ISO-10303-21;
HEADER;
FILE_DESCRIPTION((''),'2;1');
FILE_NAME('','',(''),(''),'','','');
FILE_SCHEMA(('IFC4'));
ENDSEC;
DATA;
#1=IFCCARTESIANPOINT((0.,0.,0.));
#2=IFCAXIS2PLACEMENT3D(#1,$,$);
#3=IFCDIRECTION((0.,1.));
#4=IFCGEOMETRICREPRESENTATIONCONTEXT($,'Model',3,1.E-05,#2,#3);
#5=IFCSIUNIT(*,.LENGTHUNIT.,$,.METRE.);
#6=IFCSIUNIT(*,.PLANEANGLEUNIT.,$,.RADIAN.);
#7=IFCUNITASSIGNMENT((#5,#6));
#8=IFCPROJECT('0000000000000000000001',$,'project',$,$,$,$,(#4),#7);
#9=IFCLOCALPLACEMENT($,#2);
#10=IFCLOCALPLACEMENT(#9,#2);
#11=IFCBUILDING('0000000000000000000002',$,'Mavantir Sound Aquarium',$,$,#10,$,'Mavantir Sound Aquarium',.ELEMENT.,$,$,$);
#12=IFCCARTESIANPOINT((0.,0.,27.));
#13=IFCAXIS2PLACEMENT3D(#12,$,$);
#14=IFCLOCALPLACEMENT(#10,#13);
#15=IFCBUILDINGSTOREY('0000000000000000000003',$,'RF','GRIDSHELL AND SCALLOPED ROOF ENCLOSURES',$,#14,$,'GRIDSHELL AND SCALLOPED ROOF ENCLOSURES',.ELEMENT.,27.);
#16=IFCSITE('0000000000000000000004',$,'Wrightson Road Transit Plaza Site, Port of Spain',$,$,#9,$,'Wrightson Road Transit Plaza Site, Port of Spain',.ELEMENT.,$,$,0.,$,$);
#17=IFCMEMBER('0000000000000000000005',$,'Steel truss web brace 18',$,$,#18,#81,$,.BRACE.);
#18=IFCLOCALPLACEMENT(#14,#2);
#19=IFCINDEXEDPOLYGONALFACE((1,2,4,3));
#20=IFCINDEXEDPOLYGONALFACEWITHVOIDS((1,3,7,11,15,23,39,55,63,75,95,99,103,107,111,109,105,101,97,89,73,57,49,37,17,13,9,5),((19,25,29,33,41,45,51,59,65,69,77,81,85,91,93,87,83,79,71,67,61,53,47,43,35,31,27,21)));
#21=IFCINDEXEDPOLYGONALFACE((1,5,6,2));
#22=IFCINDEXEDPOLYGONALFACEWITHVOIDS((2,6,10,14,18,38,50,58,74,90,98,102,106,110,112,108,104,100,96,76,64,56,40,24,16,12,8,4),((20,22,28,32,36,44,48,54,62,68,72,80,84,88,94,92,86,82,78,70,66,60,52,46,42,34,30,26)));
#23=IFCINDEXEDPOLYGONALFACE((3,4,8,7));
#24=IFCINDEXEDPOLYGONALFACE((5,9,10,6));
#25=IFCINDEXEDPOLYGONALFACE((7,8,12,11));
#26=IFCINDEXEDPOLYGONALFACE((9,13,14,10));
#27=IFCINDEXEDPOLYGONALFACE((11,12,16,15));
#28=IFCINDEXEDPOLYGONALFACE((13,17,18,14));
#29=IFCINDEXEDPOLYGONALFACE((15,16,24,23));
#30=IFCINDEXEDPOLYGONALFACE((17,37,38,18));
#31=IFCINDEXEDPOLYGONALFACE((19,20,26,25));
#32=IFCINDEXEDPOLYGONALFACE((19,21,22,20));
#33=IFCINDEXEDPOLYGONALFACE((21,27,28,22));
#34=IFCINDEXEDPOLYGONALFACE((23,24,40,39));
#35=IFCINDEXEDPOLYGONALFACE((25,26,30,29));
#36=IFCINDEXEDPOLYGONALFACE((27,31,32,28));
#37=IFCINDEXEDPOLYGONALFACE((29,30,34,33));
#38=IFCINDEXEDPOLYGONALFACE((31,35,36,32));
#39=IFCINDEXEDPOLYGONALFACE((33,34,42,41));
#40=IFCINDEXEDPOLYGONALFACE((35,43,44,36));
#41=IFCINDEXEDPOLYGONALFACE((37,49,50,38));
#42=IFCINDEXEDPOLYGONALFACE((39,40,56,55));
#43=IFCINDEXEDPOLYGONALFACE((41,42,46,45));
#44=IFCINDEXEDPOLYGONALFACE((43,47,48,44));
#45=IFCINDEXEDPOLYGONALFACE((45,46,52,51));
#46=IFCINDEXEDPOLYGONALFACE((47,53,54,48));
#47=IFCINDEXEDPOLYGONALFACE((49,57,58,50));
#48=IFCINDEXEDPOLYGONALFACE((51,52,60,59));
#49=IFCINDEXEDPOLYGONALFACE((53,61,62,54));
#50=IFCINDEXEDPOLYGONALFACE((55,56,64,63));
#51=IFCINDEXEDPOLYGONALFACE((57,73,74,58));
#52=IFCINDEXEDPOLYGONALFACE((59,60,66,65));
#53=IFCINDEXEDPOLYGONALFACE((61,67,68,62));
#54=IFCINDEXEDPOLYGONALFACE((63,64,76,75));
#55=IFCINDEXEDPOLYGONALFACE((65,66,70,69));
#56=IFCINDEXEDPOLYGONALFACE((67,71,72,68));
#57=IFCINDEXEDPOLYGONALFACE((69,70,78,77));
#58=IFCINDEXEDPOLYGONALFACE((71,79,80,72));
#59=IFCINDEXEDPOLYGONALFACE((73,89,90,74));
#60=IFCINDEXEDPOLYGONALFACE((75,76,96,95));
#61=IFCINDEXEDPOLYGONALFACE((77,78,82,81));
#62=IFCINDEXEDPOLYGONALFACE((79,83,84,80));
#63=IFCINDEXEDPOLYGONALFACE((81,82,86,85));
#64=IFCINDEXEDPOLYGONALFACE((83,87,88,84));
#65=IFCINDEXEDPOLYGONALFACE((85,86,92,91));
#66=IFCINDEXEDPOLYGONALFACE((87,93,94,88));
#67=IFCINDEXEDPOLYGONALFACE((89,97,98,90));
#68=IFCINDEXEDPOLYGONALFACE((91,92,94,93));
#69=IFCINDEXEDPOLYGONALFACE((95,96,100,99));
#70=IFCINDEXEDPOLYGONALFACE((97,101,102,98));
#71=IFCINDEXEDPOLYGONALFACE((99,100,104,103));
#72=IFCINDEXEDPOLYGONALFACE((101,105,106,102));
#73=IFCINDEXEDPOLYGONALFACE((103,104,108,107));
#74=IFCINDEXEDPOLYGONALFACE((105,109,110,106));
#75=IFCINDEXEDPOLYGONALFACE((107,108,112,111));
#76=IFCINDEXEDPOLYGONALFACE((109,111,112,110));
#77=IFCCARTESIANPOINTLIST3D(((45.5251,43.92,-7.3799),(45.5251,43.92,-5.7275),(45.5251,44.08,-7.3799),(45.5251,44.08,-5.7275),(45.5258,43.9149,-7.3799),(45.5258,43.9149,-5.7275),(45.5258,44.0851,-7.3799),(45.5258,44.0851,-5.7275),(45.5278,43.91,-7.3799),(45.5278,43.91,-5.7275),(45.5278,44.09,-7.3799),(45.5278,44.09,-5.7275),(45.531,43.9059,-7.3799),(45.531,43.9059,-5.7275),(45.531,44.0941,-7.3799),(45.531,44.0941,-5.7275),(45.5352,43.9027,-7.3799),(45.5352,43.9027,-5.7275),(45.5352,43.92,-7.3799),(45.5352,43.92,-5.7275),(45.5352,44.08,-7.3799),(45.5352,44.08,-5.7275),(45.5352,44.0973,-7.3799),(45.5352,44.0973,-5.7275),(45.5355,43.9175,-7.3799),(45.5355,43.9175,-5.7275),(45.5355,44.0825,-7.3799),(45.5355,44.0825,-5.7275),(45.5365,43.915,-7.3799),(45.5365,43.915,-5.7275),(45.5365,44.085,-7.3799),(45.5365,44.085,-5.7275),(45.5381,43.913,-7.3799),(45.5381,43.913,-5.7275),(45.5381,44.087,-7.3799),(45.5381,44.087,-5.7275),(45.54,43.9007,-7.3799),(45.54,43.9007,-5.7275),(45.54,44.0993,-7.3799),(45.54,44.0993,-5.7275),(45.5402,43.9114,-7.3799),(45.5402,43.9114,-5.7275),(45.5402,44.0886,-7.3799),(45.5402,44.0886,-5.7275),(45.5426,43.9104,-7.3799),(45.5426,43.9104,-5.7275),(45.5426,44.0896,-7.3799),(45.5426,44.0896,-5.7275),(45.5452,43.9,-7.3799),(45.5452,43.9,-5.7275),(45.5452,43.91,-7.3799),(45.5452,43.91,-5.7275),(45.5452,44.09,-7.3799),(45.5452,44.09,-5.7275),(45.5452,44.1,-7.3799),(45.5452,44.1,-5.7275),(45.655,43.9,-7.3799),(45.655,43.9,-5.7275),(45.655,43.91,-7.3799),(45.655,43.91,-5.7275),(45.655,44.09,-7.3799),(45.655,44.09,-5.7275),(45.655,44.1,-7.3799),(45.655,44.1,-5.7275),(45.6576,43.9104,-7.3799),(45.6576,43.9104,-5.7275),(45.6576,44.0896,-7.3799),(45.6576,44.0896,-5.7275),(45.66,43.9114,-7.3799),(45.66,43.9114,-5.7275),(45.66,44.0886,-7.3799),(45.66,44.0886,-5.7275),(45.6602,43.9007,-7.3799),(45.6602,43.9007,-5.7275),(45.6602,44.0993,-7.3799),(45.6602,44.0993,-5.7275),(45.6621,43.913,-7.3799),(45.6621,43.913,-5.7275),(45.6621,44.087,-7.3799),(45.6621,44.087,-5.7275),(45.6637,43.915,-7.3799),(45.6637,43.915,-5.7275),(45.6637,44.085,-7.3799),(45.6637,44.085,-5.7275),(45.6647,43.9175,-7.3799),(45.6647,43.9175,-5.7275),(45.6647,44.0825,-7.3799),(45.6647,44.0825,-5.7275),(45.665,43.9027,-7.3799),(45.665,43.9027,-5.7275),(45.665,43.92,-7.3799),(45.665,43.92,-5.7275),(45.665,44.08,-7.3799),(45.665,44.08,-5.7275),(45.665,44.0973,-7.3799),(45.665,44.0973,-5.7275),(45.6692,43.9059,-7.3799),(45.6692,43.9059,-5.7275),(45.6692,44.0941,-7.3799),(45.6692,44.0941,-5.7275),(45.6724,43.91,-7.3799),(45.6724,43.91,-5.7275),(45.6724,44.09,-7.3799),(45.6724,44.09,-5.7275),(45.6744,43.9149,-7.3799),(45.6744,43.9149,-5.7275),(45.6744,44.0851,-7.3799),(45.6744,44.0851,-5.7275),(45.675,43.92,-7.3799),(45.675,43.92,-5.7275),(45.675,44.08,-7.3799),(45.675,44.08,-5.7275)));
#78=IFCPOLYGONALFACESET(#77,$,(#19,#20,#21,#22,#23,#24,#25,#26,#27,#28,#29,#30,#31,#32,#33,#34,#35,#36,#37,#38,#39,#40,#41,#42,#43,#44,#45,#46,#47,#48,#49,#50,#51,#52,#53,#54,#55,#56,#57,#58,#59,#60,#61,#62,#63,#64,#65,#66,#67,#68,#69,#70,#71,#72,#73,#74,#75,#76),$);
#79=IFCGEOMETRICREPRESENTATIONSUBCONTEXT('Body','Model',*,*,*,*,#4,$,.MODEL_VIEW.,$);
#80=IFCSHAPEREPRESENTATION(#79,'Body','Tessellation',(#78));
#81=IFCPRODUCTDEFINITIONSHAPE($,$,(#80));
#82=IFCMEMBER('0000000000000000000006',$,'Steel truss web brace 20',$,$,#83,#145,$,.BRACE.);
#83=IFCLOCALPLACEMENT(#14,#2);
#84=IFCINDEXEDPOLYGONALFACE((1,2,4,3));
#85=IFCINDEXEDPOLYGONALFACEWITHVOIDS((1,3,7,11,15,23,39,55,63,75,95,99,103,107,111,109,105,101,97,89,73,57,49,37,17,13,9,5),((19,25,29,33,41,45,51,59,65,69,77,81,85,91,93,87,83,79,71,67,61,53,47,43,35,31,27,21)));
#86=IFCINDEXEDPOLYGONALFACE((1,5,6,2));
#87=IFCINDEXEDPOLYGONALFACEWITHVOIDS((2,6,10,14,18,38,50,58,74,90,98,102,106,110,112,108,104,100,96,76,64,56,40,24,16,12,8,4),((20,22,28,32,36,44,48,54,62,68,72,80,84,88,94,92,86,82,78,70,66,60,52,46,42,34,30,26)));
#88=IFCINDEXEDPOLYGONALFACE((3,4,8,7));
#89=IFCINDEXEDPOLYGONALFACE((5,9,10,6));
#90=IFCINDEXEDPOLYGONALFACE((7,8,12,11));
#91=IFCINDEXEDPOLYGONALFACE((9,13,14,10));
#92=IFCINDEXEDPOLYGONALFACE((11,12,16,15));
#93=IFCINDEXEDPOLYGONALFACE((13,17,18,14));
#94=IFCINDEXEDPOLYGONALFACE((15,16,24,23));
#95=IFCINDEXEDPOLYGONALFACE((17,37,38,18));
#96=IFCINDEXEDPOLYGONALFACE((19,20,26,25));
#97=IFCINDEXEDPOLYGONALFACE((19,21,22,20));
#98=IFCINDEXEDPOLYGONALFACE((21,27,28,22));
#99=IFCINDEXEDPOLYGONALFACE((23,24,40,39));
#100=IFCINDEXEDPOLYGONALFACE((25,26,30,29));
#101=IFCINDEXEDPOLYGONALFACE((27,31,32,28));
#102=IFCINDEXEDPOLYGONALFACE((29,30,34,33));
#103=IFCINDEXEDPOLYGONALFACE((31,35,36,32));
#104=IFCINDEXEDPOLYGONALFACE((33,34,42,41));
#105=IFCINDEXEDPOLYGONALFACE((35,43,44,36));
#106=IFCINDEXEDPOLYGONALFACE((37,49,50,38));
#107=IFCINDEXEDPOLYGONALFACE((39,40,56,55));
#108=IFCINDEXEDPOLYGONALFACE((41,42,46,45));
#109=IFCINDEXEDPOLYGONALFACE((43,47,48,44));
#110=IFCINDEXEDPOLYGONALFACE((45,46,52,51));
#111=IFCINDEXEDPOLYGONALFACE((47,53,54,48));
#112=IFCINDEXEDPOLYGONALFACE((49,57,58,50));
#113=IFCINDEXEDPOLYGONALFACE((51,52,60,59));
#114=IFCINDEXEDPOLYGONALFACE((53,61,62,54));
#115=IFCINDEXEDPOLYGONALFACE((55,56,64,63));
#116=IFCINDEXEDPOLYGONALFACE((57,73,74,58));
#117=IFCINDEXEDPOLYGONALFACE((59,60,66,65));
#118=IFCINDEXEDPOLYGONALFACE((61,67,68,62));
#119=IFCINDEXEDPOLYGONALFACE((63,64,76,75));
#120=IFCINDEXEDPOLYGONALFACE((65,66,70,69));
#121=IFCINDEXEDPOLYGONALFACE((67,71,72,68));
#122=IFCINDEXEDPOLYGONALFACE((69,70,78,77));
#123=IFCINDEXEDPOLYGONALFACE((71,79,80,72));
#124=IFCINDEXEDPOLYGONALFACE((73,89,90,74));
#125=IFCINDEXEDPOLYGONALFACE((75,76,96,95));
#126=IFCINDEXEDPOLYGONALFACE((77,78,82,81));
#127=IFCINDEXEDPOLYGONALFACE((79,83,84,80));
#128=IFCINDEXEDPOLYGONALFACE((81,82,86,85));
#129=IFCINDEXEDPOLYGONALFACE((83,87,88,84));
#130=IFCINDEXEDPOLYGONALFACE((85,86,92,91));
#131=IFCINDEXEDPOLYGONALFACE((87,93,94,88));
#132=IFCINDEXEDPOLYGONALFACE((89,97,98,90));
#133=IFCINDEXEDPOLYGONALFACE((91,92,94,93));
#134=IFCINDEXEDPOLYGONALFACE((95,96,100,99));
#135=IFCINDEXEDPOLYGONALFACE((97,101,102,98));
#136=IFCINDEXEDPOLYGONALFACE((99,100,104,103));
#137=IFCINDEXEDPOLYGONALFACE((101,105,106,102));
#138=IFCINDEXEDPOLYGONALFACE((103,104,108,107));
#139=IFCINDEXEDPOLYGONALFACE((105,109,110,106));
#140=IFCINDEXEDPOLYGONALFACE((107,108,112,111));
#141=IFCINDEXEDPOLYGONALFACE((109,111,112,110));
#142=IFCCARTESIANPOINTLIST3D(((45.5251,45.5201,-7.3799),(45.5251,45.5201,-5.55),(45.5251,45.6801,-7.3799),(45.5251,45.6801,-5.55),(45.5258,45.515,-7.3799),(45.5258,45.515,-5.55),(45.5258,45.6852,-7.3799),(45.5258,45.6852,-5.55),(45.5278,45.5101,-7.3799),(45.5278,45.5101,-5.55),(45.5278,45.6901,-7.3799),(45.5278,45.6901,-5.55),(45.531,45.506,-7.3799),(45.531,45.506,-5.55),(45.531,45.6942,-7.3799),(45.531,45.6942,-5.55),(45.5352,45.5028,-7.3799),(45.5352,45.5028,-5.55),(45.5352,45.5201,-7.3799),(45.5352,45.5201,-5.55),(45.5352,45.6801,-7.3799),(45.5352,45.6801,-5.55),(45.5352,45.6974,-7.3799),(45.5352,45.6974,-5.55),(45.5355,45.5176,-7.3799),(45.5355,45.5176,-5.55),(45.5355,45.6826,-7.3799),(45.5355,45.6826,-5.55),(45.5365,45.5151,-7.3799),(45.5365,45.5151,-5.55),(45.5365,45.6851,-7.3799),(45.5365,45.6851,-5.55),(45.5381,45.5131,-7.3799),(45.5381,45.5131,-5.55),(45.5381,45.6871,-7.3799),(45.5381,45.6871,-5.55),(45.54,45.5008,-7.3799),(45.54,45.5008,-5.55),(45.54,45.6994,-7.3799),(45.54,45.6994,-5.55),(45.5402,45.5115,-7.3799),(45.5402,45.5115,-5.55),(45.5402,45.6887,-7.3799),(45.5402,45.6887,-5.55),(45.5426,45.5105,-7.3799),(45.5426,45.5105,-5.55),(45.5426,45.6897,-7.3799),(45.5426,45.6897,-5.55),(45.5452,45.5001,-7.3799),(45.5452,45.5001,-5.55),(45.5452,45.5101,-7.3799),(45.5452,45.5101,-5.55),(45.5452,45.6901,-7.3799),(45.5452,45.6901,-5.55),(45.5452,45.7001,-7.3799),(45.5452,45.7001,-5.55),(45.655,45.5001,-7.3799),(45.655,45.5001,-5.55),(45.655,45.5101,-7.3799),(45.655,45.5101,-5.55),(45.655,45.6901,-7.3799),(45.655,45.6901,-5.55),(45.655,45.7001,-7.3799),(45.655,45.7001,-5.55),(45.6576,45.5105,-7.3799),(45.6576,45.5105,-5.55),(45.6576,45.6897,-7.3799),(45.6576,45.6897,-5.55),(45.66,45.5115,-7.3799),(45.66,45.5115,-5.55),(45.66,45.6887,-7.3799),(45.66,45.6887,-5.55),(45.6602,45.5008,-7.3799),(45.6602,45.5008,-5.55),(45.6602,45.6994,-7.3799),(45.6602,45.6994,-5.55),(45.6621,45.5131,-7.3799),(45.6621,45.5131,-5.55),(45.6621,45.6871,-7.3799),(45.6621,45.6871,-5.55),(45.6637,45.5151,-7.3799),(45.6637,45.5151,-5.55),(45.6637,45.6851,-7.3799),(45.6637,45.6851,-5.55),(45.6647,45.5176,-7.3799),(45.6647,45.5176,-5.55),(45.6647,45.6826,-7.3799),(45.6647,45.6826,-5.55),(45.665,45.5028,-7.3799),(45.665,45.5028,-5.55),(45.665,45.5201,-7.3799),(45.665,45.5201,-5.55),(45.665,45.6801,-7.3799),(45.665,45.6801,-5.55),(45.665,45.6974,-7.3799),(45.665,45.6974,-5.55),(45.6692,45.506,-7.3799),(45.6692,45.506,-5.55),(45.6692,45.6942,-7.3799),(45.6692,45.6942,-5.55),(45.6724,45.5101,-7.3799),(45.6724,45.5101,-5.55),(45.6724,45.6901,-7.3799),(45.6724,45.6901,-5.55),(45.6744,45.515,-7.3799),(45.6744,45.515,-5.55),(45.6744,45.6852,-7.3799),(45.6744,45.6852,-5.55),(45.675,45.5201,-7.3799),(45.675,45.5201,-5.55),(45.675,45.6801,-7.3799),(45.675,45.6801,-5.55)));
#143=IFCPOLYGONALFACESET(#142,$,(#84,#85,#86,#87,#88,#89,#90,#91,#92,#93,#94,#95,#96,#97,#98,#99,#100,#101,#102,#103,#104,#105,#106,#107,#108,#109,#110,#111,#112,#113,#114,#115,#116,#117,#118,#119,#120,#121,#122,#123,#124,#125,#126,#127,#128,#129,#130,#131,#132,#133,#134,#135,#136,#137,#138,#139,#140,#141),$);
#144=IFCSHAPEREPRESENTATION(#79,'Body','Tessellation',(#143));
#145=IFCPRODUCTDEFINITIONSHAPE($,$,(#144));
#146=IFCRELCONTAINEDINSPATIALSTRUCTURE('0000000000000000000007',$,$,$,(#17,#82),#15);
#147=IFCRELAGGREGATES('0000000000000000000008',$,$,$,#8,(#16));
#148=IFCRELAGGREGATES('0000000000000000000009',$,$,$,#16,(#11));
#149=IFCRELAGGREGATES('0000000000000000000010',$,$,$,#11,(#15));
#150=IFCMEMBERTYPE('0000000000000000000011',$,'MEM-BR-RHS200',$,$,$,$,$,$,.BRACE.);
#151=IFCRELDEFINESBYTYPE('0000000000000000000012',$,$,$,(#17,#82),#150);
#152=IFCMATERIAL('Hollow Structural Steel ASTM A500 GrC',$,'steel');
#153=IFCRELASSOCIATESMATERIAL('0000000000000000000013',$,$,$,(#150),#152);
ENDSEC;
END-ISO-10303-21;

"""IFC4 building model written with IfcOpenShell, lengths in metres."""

from ifc_helpers import new_model, si_unit, direction, frame, origin, origin_2d, place, context, subcontext, project, spatial, hollow_rectangle, extrude, material, material_profile, profile_set, type_object, element, save


model = new_model("IFC4")

# Units and contexts
model_context = context("Model", 3, precision=1e-05, world=origin(), true_north=direction((0.0, 1.0)))
body_context = subcontext(model_context, "Body", "Model", "MODEL_VIEW")
ifc_project = project(units=[si_unit("LENGTHUNIT", "METRE"), si_unit("PLANEANGLEUNIT", "RADIAN")], contexts=[model_context])

# Site, building, storey
site_placement = place(None, origin())
site = spatial("IfcSite", under=ifc_project, at=site_placement, Name="Wrightson Road Transit Plaza Site, Port of Spain", LongName="Wrightson Road Transit Plaza Site, Port of Spain", CompositionType="ELEMENT", RefElevation=0.0)
building_placement = place(site_placement, origin())
building = spatial("IfcBuilding", under=site, at=building_placement, Name="Mavantir Sound Aquarium", LongName="Mavantir Sound Aquarium", CompositionType="ELEMENT")
storey_placement = place(building_placement, frame((0.0, 0.0, 27.0)))
storey = spatial("IfcBuildingStorey", under=building, at=storey_placement, Name="RF", Description="GRIDSHELL AND SCALLOPED ROOF ENCLOSURES", LongName="GRIDSHELL AND SCALLOPED ROOF ENCLOSURES", CompositionType="ELEMENT", Elevation=27.0)

# Members
ifc_material_1 = material(Name="Hollow Structural Steel ASTM A500 GrC", Category="steel")
ifc_material_profile_1 = material_profile(ifc_material_1, hollow_rectangle(XDim=0.1499, YDim=0.2, WallThickness=0.01, InnerFilletRadius=0.01, OuterFilletRadius=0.02, at=origin_2d()), Name="RHS 200X150X10")
ifc_profile_set_1 = profile_set([ifc_material_profile_1], Name="Hollow Structural Steel ASTM A500 GrC")
member_type_1 = type_object("IfcMemberType", Name="MEM-BR-RHS200", PredefinedType="BRACE", material=ifc_profile_set_1)
member_1_placement = place(storey_placement, frame((45.6001, 44.0, -7.3799), z_axis=(0.0, 0.0, 1.0), x_axis=(1.0, 0.0, 0.0)))
element("IfcMember", 1, at=member_1_placement, inside=storey, type_object=member_type_1, Name="Steel truss web brace 18", PredefinedType="BRACE", context=body_context, shape_type="SweptSolid", body=[
    extrude(hollow_rectangle(XDim=0.1499, YDim=0.2, WallThickness=0.01, InnerFilletRadius=0.01, OuterFilletRadius=0.02, at=origin_2d()), origin(), (0.0, 0.0, 1.0), 1.6523),
])
member_2_placement = place(storey_placement, frame((45.6001, 45.6001, -7.3799), z_axis=(0.0, 0.0, 1.0), x_axis=(1.0, 0.0, 0.0)))
element("IfcMember", 2, at=member_2_placement, inside=storey, type_object=member_type_1, Name="Steel truss web brace 20", PredefinedType="BRACE", context=body_context, shape_type="SweptSolid", body=[
    extrude(hollow_rectangle(XDim=0.1499, YDim=0.2, WallThickness=0.01, InnerFilletRadius=0.01, OuterFilletRadius=0.02, at=origin_2d()), origin(), (0.0, 0.0, 1.0), 1.8298),
])

save(model, "model.ifc")
